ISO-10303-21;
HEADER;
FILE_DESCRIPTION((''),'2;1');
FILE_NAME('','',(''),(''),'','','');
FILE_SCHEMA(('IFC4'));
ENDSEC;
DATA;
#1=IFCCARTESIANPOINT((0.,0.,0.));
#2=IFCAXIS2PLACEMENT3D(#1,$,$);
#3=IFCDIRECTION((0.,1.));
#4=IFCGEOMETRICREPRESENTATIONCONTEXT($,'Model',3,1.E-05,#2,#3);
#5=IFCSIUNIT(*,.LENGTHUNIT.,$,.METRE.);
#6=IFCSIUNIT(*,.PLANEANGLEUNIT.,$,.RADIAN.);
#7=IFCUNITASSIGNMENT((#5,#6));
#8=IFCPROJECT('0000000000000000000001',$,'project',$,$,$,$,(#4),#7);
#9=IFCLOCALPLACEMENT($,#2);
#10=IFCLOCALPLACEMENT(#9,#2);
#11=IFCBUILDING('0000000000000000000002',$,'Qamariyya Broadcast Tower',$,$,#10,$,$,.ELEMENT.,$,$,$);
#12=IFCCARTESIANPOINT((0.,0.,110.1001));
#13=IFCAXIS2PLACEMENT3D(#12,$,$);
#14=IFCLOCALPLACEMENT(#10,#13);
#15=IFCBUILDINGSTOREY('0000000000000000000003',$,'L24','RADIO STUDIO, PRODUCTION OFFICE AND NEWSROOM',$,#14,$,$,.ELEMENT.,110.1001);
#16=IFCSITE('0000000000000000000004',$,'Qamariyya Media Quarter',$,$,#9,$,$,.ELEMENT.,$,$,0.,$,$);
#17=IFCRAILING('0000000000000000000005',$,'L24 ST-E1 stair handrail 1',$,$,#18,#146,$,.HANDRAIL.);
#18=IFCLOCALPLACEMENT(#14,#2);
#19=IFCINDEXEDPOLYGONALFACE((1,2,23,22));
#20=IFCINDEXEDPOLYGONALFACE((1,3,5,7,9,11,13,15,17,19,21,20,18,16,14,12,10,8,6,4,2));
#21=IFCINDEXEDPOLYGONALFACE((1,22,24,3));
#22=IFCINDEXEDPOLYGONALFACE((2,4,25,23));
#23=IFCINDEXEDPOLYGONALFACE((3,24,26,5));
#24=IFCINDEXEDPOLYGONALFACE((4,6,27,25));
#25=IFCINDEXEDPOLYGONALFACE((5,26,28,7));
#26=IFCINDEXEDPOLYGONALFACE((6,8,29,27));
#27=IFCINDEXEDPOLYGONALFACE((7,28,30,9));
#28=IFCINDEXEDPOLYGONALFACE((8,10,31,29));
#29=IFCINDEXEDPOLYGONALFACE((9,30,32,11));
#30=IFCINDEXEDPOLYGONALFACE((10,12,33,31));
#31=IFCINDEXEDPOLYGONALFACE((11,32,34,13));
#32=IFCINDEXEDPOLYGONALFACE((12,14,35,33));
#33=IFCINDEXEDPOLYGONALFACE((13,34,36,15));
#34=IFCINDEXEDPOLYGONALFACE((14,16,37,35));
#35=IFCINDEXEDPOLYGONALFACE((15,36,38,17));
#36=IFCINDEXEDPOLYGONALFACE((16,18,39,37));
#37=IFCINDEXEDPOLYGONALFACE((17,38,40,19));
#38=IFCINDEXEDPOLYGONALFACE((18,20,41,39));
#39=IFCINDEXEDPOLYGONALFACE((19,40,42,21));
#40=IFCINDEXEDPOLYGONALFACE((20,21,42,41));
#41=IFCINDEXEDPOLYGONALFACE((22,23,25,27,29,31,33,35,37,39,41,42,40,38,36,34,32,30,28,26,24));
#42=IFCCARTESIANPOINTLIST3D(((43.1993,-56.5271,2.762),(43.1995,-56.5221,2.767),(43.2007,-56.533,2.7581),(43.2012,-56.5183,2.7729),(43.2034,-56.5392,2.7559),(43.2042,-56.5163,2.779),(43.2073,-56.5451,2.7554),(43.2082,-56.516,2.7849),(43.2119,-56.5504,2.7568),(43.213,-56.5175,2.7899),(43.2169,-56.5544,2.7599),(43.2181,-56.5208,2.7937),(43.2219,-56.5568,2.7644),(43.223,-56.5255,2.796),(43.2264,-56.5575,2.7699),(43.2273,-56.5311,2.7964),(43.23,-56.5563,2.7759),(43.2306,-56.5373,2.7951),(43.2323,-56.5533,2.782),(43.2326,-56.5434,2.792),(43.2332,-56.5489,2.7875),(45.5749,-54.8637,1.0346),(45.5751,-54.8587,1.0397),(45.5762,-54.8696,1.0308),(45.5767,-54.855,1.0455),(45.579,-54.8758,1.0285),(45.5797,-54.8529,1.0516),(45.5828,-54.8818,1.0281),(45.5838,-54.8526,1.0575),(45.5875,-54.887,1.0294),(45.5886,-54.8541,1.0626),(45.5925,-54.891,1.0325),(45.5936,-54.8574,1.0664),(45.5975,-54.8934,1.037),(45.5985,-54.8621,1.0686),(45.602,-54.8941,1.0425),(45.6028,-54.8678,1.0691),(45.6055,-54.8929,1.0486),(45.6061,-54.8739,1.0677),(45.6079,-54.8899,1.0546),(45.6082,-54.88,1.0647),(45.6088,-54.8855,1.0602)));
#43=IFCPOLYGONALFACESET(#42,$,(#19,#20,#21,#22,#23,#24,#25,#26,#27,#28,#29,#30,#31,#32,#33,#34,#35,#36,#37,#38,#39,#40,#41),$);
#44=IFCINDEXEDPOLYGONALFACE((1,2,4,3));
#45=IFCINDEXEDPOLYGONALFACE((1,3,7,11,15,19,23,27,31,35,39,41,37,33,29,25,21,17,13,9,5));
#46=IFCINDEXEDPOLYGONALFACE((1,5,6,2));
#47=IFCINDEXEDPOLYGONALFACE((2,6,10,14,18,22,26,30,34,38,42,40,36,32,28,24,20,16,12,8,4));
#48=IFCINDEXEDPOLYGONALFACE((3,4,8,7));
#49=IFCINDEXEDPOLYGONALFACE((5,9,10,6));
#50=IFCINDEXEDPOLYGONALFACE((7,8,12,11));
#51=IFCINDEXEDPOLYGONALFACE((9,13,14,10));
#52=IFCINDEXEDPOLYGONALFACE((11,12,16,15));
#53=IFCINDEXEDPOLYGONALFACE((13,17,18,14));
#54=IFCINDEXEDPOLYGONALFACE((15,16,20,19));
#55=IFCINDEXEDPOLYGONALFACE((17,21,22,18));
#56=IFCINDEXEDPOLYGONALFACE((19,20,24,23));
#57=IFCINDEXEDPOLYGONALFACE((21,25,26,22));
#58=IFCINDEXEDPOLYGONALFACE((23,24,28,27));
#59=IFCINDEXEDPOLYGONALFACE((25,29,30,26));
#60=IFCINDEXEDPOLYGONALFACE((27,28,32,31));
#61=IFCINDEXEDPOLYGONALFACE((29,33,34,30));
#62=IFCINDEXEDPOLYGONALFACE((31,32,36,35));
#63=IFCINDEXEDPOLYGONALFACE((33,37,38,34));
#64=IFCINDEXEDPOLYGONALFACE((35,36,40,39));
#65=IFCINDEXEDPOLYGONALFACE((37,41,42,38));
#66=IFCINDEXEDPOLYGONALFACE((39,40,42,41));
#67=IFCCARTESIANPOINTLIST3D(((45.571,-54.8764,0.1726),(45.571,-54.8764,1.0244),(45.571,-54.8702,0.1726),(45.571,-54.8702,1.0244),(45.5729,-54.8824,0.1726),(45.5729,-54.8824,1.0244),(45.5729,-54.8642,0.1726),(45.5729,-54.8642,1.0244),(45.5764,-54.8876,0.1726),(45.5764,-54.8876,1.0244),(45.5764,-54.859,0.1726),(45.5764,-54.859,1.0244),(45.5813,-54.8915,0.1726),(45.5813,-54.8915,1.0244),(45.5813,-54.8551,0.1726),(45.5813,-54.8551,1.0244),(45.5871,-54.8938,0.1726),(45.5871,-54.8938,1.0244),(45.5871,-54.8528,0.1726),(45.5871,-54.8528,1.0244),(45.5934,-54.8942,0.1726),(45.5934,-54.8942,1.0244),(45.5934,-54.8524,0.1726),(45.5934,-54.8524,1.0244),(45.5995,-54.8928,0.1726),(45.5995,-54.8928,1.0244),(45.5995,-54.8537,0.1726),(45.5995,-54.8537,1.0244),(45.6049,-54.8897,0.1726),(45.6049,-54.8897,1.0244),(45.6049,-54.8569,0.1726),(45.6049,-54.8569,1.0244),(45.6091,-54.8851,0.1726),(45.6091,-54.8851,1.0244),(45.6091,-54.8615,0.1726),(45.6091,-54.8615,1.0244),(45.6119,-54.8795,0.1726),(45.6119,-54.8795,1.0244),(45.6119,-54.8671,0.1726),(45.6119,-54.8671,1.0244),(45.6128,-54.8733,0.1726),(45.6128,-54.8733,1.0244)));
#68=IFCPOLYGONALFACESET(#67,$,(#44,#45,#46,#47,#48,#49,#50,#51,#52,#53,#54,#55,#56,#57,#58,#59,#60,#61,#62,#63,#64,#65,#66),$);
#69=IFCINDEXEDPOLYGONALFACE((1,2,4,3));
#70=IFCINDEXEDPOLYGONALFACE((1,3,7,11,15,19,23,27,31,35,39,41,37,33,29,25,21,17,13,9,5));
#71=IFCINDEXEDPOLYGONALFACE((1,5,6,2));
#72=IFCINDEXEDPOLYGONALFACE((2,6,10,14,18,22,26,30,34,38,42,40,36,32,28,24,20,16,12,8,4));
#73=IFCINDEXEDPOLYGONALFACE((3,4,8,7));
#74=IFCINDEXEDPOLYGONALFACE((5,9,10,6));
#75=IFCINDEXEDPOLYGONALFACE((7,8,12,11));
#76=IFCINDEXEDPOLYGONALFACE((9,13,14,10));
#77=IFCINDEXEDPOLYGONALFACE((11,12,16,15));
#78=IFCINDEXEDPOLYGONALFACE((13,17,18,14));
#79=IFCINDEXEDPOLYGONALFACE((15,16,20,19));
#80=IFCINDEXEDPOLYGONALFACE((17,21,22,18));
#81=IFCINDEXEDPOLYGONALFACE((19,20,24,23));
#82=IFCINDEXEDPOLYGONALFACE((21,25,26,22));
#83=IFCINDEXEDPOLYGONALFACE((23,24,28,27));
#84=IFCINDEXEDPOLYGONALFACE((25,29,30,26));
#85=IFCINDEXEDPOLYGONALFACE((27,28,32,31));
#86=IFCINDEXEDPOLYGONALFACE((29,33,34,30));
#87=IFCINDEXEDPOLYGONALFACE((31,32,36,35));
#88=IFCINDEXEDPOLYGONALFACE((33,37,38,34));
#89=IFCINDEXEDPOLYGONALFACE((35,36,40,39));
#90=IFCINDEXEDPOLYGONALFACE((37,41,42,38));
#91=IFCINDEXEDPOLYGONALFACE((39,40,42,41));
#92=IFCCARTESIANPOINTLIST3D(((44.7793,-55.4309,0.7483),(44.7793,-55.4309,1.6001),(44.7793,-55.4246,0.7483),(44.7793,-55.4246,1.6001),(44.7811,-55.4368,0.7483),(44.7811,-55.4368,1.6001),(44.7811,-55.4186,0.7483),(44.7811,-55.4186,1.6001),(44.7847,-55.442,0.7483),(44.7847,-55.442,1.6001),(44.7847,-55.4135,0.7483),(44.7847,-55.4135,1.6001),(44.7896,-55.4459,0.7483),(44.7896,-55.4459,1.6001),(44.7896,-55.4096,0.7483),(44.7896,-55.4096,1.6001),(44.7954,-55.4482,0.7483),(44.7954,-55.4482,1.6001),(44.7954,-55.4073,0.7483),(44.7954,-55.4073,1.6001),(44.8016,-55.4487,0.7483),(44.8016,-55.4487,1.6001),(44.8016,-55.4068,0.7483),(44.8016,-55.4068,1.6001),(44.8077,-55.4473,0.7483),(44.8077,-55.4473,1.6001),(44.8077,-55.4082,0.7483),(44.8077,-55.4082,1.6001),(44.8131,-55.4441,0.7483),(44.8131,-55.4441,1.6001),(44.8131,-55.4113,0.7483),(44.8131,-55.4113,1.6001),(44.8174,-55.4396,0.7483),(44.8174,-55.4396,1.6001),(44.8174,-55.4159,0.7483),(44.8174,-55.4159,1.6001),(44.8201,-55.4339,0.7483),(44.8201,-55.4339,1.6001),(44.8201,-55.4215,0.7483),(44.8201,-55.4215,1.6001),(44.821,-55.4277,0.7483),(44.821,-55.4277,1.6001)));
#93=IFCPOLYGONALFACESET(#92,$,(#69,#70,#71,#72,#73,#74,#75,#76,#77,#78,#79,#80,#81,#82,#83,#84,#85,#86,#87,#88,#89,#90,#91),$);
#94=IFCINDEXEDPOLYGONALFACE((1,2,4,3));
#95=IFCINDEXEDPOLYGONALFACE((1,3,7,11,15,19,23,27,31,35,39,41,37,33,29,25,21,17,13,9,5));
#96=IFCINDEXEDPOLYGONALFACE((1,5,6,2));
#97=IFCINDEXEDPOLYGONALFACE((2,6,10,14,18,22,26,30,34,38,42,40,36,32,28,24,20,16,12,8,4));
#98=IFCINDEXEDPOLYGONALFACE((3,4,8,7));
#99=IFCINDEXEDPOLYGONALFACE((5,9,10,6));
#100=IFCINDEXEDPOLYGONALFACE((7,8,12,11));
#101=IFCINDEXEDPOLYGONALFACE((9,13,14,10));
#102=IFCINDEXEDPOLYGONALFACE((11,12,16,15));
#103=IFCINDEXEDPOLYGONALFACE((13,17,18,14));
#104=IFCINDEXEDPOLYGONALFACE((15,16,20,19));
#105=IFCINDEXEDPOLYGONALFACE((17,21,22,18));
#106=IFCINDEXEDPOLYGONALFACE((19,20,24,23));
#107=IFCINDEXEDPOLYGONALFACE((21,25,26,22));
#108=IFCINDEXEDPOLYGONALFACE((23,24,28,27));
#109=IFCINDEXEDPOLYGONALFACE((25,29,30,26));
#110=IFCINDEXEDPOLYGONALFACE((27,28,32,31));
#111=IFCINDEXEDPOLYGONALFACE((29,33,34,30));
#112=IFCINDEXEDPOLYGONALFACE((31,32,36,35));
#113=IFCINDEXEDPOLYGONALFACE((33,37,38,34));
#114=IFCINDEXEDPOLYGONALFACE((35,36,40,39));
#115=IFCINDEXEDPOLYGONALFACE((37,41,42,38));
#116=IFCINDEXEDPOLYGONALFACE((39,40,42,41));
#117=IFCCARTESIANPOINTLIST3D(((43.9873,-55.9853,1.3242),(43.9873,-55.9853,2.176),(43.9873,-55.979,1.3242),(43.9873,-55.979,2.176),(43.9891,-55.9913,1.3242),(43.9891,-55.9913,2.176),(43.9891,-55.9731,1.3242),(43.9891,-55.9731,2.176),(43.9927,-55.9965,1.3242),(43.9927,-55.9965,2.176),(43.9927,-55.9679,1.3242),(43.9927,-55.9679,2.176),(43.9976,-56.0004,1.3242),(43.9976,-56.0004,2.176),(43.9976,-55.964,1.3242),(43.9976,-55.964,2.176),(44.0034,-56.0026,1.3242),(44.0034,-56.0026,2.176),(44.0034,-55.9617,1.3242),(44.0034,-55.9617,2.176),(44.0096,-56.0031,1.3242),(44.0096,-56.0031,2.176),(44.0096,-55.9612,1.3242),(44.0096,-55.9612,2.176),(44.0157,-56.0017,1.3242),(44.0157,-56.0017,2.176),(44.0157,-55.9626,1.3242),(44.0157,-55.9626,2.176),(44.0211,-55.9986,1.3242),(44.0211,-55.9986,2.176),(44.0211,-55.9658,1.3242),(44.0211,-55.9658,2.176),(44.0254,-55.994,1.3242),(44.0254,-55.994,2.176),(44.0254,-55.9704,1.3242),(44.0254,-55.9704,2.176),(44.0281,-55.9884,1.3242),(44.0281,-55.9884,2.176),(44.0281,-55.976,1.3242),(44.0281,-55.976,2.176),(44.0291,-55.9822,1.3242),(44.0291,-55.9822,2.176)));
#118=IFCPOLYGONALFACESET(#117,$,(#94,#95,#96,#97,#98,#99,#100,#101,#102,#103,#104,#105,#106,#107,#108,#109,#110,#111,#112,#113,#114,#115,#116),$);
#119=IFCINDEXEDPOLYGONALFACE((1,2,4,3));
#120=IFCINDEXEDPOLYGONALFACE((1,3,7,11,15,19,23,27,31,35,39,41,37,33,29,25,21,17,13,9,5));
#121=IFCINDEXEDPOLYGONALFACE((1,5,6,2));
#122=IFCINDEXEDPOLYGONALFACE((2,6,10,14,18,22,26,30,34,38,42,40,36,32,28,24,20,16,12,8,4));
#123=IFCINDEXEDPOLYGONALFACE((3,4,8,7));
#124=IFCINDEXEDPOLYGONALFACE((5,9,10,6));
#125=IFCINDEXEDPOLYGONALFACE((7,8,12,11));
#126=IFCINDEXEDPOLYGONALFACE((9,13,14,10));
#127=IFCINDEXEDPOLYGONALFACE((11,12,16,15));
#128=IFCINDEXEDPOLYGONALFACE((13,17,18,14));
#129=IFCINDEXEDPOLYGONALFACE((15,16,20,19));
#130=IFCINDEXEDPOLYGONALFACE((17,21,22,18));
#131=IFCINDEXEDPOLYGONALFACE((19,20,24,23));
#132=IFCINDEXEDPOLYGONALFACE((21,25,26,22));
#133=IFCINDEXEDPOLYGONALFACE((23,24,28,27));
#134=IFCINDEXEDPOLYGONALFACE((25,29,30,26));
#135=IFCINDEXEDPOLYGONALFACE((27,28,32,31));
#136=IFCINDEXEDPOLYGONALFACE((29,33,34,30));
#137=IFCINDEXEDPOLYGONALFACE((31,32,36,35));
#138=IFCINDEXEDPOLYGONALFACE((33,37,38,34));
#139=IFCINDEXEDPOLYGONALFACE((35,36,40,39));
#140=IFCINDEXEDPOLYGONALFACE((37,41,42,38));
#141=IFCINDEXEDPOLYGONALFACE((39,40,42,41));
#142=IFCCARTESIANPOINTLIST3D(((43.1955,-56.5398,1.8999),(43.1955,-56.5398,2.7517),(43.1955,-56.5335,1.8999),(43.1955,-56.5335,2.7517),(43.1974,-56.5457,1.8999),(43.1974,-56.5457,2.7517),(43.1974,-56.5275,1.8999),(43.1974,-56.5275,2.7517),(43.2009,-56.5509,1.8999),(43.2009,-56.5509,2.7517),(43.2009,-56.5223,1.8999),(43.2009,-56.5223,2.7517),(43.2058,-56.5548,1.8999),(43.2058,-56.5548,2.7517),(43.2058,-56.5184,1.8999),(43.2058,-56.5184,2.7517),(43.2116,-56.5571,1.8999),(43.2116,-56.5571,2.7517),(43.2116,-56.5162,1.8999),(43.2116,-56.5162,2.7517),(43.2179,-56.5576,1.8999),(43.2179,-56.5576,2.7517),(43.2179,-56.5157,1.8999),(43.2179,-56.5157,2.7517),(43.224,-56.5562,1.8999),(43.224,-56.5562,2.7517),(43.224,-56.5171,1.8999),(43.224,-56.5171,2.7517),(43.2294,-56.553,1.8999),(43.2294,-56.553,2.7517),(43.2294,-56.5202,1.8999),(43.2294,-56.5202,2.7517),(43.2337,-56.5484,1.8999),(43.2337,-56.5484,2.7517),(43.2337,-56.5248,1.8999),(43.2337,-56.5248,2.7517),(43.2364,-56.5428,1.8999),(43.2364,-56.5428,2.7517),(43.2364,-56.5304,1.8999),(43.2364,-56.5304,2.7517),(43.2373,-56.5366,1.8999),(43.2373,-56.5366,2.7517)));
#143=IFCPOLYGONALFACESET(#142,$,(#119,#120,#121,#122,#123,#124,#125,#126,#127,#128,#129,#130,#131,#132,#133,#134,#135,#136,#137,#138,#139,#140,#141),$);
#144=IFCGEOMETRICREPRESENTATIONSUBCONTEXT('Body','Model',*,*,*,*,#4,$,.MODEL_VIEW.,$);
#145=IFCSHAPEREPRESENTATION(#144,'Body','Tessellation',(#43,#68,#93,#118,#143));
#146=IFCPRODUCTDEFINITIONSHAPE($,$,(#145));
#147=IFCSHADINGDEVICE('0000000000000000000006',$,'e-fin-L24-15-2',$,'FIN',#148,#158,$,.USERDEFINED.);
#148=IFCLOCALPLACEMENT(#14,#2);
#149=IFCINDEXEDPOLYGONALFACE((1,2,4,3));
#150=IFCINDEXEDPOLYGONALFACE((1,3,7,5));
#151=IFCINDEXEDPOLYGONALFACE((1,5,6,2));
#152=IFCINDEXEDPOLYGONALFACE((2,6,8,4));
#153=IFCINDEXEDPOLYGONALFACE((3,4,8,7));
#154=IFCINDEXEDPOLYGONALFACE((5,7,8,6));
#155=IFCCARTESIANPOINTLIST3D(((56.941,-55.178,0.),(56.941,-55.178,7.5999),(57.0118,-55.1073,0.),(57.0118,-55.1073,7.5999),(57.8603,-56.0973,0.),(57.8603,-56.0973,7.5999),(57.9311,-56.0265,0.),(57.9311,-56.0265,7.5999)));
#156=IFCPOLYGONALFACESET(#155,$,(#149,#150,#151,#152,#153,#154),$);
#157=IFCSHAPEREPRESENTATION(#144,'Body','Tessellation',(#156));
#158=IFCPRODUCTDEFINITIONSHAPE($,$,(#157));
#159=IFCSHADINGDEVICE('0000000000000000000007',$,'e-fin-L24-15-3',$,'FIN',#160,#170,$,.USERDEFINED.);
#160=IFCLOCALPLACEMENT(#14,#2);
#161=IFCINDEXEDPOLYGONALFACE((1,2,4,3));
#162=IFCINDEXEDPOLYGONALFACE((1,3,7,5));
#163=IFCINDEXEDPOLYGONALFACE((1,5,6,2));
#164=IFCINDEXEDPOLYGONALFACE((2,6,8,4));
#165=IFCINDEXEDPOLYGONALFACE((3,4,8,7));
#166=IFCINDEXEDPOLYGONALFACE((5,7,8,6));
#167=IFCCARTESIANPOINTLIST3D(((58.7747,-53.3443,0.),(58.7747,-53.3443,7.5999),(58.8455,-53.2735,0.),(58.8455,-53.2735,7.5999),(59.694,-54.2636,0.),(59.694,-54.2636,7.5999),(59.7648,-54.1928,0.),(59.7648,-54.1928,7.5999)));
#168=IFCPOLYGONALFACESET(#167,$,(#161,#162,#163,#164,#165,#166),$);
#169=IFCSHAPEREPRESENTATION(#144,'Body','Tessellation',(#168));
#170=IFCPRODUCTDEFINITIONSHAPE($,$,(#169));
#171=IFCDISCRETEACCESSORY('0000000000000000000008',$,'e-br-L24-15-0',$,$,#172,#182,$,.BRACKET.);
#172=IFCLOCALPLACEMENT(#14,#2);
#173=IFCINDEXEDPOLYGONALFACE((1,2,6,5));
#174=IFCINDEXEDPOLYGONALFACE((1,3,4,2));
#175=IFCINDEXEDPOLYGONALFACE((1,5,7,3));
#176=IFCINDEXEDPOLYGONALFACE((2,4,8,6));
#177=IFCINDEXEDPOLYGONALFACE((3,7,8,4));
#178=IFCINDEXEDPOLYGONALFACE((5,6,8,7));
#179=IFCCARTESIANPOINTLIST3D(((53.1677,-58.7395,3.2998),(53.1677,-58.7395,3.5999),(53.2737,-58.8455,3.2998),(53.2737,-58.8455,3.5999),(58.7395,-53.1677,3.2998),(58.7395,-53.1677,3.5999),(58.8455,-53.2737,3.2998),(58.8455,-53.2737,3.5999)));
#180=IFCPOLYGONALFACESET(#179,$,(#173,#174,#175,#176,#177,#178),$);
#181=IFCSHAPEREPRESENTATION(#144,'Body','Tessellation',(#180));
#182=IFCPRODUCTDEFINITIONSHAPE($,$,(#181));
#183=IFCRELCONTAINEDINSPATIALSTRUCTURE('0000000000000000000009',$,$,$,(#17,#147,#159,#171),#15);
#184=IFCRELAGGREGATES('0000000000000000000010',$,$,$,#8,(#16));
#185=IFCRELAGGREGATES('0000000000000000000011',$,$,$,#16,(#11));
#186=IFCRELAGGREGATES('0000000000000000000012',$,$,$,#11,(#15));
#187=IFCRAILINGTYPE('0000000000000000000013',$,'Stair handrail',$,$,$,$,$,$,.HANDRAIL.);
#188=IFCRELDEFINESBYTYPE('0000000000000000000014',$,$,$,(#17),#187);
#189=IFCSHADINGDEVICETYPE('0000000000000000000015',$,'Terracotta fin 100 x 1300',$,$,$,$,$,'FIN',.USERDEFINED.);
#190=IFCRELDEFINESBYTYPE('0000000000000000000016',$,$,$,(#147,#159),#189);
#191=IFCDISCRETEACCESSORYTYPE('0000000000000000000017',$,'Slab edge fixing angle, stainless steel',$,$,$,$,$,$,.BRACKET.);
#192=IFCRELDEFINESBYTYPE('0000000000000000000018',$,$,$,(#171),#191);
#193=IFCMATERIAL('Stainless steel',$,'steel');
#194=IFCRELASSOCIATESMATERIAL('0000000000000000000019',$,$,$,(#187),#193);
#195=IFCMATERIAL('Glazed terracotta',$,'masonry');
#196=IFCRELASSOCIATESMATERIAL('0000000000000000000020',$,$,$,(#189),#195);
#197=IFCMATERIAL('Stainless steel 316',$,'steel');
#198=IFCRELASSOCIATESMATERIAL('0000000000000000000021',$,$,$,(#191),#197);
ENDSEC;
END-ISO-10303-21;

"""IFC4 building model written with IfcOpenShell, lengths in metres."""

from ifc_helpers import new_model, si_unit, direction, frame, origin, origin_2d, place, context, subcontext, project, spatial, rectangle, circle, extrude, material, material_profile, profile_set, type_object, element, save


model = new_model("IFC4")

# Units and contexts
model_context = context("Model", 3, precision=1e-05, world=origin(), true_north=direction((0.0, 1.0)))
body_context = subcontext(model_context, "Body", "Model", "MODEL_VIEW")
ifc_project = project(units=[si_unit("LENGTHUNIT", "METRE"), si_unit("PLANEANGLEUNIT", "RADIAN")], contexts=[model_context])

# Site, building, storey
site_placement = place(None, origin())
site = spatial("IfcSite", under=ifc_project, at=site_placement, Name="Qamariyya Media Quarter", CompositionType="ELEMENT", RefElevation=0.0)
building_placement = place(site_placement, origin())
building = spatial("IfcBuilding", under=site, at=building_placement, Name="Qamariyya Broadcast Tower", CompositionType="ELEMENT")
storey_placement = place(building_placement, frame((0.0, 0.0, 110.1001)))
storey = spatial("IfcBuildingStorey", under=building, at=storey_placement, Name="L24", Description="RADIO STUDIO, PRODUCTION OFFICE AND NEWSROOM", CompositionType="ELEMENT", Elevation=110.1001)

# Railing
ifc_material_1 = material(Name="Stainless steel", Category="steel")
railing_type_1 = type_object("IfcRailingType", Name="Stair handrail", PredefinedType="HANDRAIL", material=ifc_material_1)
railing_1_placement = place(storey_placement, frame((45.5918, -54.8733, 0.1726)))
element("IfcRailing", 1, at=railing_1_placement, inside=storey, type_object=railing_type_1, Name="L24 ST-E1 stair handrail 1", PredefinedType="HANDRAIL", context=body_context, shape_type="SweptSolid", body=[
    extrude(circle(Radius=0.0239, at=origin_2d()), frame((0.0, 0.0, 0.876), z_axis=(-0.70377, -0.492784, 0.511734), x_axis=(0.573575, -0.819153, 0.0)), (0.0, 0.0, 1.0), 3.3755),
    extrude(circle(Radius=0.021, at=origin_2d()), origin(), (0.0, 0.0, 1.0), 0.8518),
    extrude(circle(Radius=0.021, at=origin_2d()), frame((-0.7917, -0.5544, 0.5757)), (0.0, 0.0, 1.0), 0.8518),
    extrude(circle(Radius=0.021, at=origin_2d()), frame((-1.5837, -1.1089, 1.1516)), (0.0, 0.0, 1.0), 0.8518),
    extrude(circle(Radius=0.021, at=origin_2d()), frame((-2.3755, -1.6633, 1.7273)), (0.0, 0.0, 1.0), 0.8518),
])

# Shading devices
ifc_material_2 = material(Name="Glazed terracotta", Category="masonry")
ifc_material_profile_1 = material_profile(ifc_material_2, rectangle(XDim=1.3, YDim=0.1001, at=origin_2d()))
ifc_profile_set_1 = profile_set([ifc_material_profile_1], Name="Glazed terracotta")
shading_device_type_1 = type_object("IfcShadingDeviceType", Name="Terracotta fin 100 x 1300", ElementType="FIN", PredefinedType="USERDEFINED", material=ifc_profile_set_1)
for number, where, z_axis, x_axis, name in (
    (2, (57.436, -55.6023, 0.0), (0.0, 0.0, 1.0), (0.707107, -0.707107, 0.0), "e-fin-L24-15-2"),
    (3, (59.2698, -53.7686, 0.0), (0.0, 0.0, 1.0), (0.707107, -0.707107, 0.0), "e-fin-L24-15-3"),
):
    element("IfcShadingDevice", number, at=place(storey_placement, frame(where, z_axis=z_axis, x_axis=x_axis)), inside=storey, type_object=shading_device_type_1, Name=name, ObjectType="FIN", PredefinedType="USERDEFINED", context=body_context, shape_type="SweptSolid", body=[
        extrude(rectangle(XDim=1.3, YDim=0.1001, at=origin_2d()), origin(), (0.0, 0.0, 1.0), 7.5999),
    ])

# Discrete accessory
ifc_material_3 = material(Name="Stainless steel 316", Category="steel")
discrete_accessory_type = type_object("IfcDiscreteAccessoryType", Name="Slab edge fixing angle, stainless steel", PredefinedType="BRACKET", material=ifc_material_3)
discrete_accessory_placement = place(storey_placement, frame((56.0066, -56.0066, 3.2998), z_axis=(0.0, 0.0, 1.0), x_axis=(0.707107, 0.707107, 0.0)))
element("IfcDiscreteAccessory", 4, at=discrete_accessory_placement, inside=storey, type_object=discrete_accessory_type, Name="e-br-L24-15-0", PredefinedType="BRACKET", context=body_context, shape_type="SweptSolid", body=[
    extrude(rectangle(XDim=7.8796, YDim=0.1499, at=origin_2d()), origin(), (0.0, 0.0, 1.0), 0.3),
])

save(model, "model.ifc")
